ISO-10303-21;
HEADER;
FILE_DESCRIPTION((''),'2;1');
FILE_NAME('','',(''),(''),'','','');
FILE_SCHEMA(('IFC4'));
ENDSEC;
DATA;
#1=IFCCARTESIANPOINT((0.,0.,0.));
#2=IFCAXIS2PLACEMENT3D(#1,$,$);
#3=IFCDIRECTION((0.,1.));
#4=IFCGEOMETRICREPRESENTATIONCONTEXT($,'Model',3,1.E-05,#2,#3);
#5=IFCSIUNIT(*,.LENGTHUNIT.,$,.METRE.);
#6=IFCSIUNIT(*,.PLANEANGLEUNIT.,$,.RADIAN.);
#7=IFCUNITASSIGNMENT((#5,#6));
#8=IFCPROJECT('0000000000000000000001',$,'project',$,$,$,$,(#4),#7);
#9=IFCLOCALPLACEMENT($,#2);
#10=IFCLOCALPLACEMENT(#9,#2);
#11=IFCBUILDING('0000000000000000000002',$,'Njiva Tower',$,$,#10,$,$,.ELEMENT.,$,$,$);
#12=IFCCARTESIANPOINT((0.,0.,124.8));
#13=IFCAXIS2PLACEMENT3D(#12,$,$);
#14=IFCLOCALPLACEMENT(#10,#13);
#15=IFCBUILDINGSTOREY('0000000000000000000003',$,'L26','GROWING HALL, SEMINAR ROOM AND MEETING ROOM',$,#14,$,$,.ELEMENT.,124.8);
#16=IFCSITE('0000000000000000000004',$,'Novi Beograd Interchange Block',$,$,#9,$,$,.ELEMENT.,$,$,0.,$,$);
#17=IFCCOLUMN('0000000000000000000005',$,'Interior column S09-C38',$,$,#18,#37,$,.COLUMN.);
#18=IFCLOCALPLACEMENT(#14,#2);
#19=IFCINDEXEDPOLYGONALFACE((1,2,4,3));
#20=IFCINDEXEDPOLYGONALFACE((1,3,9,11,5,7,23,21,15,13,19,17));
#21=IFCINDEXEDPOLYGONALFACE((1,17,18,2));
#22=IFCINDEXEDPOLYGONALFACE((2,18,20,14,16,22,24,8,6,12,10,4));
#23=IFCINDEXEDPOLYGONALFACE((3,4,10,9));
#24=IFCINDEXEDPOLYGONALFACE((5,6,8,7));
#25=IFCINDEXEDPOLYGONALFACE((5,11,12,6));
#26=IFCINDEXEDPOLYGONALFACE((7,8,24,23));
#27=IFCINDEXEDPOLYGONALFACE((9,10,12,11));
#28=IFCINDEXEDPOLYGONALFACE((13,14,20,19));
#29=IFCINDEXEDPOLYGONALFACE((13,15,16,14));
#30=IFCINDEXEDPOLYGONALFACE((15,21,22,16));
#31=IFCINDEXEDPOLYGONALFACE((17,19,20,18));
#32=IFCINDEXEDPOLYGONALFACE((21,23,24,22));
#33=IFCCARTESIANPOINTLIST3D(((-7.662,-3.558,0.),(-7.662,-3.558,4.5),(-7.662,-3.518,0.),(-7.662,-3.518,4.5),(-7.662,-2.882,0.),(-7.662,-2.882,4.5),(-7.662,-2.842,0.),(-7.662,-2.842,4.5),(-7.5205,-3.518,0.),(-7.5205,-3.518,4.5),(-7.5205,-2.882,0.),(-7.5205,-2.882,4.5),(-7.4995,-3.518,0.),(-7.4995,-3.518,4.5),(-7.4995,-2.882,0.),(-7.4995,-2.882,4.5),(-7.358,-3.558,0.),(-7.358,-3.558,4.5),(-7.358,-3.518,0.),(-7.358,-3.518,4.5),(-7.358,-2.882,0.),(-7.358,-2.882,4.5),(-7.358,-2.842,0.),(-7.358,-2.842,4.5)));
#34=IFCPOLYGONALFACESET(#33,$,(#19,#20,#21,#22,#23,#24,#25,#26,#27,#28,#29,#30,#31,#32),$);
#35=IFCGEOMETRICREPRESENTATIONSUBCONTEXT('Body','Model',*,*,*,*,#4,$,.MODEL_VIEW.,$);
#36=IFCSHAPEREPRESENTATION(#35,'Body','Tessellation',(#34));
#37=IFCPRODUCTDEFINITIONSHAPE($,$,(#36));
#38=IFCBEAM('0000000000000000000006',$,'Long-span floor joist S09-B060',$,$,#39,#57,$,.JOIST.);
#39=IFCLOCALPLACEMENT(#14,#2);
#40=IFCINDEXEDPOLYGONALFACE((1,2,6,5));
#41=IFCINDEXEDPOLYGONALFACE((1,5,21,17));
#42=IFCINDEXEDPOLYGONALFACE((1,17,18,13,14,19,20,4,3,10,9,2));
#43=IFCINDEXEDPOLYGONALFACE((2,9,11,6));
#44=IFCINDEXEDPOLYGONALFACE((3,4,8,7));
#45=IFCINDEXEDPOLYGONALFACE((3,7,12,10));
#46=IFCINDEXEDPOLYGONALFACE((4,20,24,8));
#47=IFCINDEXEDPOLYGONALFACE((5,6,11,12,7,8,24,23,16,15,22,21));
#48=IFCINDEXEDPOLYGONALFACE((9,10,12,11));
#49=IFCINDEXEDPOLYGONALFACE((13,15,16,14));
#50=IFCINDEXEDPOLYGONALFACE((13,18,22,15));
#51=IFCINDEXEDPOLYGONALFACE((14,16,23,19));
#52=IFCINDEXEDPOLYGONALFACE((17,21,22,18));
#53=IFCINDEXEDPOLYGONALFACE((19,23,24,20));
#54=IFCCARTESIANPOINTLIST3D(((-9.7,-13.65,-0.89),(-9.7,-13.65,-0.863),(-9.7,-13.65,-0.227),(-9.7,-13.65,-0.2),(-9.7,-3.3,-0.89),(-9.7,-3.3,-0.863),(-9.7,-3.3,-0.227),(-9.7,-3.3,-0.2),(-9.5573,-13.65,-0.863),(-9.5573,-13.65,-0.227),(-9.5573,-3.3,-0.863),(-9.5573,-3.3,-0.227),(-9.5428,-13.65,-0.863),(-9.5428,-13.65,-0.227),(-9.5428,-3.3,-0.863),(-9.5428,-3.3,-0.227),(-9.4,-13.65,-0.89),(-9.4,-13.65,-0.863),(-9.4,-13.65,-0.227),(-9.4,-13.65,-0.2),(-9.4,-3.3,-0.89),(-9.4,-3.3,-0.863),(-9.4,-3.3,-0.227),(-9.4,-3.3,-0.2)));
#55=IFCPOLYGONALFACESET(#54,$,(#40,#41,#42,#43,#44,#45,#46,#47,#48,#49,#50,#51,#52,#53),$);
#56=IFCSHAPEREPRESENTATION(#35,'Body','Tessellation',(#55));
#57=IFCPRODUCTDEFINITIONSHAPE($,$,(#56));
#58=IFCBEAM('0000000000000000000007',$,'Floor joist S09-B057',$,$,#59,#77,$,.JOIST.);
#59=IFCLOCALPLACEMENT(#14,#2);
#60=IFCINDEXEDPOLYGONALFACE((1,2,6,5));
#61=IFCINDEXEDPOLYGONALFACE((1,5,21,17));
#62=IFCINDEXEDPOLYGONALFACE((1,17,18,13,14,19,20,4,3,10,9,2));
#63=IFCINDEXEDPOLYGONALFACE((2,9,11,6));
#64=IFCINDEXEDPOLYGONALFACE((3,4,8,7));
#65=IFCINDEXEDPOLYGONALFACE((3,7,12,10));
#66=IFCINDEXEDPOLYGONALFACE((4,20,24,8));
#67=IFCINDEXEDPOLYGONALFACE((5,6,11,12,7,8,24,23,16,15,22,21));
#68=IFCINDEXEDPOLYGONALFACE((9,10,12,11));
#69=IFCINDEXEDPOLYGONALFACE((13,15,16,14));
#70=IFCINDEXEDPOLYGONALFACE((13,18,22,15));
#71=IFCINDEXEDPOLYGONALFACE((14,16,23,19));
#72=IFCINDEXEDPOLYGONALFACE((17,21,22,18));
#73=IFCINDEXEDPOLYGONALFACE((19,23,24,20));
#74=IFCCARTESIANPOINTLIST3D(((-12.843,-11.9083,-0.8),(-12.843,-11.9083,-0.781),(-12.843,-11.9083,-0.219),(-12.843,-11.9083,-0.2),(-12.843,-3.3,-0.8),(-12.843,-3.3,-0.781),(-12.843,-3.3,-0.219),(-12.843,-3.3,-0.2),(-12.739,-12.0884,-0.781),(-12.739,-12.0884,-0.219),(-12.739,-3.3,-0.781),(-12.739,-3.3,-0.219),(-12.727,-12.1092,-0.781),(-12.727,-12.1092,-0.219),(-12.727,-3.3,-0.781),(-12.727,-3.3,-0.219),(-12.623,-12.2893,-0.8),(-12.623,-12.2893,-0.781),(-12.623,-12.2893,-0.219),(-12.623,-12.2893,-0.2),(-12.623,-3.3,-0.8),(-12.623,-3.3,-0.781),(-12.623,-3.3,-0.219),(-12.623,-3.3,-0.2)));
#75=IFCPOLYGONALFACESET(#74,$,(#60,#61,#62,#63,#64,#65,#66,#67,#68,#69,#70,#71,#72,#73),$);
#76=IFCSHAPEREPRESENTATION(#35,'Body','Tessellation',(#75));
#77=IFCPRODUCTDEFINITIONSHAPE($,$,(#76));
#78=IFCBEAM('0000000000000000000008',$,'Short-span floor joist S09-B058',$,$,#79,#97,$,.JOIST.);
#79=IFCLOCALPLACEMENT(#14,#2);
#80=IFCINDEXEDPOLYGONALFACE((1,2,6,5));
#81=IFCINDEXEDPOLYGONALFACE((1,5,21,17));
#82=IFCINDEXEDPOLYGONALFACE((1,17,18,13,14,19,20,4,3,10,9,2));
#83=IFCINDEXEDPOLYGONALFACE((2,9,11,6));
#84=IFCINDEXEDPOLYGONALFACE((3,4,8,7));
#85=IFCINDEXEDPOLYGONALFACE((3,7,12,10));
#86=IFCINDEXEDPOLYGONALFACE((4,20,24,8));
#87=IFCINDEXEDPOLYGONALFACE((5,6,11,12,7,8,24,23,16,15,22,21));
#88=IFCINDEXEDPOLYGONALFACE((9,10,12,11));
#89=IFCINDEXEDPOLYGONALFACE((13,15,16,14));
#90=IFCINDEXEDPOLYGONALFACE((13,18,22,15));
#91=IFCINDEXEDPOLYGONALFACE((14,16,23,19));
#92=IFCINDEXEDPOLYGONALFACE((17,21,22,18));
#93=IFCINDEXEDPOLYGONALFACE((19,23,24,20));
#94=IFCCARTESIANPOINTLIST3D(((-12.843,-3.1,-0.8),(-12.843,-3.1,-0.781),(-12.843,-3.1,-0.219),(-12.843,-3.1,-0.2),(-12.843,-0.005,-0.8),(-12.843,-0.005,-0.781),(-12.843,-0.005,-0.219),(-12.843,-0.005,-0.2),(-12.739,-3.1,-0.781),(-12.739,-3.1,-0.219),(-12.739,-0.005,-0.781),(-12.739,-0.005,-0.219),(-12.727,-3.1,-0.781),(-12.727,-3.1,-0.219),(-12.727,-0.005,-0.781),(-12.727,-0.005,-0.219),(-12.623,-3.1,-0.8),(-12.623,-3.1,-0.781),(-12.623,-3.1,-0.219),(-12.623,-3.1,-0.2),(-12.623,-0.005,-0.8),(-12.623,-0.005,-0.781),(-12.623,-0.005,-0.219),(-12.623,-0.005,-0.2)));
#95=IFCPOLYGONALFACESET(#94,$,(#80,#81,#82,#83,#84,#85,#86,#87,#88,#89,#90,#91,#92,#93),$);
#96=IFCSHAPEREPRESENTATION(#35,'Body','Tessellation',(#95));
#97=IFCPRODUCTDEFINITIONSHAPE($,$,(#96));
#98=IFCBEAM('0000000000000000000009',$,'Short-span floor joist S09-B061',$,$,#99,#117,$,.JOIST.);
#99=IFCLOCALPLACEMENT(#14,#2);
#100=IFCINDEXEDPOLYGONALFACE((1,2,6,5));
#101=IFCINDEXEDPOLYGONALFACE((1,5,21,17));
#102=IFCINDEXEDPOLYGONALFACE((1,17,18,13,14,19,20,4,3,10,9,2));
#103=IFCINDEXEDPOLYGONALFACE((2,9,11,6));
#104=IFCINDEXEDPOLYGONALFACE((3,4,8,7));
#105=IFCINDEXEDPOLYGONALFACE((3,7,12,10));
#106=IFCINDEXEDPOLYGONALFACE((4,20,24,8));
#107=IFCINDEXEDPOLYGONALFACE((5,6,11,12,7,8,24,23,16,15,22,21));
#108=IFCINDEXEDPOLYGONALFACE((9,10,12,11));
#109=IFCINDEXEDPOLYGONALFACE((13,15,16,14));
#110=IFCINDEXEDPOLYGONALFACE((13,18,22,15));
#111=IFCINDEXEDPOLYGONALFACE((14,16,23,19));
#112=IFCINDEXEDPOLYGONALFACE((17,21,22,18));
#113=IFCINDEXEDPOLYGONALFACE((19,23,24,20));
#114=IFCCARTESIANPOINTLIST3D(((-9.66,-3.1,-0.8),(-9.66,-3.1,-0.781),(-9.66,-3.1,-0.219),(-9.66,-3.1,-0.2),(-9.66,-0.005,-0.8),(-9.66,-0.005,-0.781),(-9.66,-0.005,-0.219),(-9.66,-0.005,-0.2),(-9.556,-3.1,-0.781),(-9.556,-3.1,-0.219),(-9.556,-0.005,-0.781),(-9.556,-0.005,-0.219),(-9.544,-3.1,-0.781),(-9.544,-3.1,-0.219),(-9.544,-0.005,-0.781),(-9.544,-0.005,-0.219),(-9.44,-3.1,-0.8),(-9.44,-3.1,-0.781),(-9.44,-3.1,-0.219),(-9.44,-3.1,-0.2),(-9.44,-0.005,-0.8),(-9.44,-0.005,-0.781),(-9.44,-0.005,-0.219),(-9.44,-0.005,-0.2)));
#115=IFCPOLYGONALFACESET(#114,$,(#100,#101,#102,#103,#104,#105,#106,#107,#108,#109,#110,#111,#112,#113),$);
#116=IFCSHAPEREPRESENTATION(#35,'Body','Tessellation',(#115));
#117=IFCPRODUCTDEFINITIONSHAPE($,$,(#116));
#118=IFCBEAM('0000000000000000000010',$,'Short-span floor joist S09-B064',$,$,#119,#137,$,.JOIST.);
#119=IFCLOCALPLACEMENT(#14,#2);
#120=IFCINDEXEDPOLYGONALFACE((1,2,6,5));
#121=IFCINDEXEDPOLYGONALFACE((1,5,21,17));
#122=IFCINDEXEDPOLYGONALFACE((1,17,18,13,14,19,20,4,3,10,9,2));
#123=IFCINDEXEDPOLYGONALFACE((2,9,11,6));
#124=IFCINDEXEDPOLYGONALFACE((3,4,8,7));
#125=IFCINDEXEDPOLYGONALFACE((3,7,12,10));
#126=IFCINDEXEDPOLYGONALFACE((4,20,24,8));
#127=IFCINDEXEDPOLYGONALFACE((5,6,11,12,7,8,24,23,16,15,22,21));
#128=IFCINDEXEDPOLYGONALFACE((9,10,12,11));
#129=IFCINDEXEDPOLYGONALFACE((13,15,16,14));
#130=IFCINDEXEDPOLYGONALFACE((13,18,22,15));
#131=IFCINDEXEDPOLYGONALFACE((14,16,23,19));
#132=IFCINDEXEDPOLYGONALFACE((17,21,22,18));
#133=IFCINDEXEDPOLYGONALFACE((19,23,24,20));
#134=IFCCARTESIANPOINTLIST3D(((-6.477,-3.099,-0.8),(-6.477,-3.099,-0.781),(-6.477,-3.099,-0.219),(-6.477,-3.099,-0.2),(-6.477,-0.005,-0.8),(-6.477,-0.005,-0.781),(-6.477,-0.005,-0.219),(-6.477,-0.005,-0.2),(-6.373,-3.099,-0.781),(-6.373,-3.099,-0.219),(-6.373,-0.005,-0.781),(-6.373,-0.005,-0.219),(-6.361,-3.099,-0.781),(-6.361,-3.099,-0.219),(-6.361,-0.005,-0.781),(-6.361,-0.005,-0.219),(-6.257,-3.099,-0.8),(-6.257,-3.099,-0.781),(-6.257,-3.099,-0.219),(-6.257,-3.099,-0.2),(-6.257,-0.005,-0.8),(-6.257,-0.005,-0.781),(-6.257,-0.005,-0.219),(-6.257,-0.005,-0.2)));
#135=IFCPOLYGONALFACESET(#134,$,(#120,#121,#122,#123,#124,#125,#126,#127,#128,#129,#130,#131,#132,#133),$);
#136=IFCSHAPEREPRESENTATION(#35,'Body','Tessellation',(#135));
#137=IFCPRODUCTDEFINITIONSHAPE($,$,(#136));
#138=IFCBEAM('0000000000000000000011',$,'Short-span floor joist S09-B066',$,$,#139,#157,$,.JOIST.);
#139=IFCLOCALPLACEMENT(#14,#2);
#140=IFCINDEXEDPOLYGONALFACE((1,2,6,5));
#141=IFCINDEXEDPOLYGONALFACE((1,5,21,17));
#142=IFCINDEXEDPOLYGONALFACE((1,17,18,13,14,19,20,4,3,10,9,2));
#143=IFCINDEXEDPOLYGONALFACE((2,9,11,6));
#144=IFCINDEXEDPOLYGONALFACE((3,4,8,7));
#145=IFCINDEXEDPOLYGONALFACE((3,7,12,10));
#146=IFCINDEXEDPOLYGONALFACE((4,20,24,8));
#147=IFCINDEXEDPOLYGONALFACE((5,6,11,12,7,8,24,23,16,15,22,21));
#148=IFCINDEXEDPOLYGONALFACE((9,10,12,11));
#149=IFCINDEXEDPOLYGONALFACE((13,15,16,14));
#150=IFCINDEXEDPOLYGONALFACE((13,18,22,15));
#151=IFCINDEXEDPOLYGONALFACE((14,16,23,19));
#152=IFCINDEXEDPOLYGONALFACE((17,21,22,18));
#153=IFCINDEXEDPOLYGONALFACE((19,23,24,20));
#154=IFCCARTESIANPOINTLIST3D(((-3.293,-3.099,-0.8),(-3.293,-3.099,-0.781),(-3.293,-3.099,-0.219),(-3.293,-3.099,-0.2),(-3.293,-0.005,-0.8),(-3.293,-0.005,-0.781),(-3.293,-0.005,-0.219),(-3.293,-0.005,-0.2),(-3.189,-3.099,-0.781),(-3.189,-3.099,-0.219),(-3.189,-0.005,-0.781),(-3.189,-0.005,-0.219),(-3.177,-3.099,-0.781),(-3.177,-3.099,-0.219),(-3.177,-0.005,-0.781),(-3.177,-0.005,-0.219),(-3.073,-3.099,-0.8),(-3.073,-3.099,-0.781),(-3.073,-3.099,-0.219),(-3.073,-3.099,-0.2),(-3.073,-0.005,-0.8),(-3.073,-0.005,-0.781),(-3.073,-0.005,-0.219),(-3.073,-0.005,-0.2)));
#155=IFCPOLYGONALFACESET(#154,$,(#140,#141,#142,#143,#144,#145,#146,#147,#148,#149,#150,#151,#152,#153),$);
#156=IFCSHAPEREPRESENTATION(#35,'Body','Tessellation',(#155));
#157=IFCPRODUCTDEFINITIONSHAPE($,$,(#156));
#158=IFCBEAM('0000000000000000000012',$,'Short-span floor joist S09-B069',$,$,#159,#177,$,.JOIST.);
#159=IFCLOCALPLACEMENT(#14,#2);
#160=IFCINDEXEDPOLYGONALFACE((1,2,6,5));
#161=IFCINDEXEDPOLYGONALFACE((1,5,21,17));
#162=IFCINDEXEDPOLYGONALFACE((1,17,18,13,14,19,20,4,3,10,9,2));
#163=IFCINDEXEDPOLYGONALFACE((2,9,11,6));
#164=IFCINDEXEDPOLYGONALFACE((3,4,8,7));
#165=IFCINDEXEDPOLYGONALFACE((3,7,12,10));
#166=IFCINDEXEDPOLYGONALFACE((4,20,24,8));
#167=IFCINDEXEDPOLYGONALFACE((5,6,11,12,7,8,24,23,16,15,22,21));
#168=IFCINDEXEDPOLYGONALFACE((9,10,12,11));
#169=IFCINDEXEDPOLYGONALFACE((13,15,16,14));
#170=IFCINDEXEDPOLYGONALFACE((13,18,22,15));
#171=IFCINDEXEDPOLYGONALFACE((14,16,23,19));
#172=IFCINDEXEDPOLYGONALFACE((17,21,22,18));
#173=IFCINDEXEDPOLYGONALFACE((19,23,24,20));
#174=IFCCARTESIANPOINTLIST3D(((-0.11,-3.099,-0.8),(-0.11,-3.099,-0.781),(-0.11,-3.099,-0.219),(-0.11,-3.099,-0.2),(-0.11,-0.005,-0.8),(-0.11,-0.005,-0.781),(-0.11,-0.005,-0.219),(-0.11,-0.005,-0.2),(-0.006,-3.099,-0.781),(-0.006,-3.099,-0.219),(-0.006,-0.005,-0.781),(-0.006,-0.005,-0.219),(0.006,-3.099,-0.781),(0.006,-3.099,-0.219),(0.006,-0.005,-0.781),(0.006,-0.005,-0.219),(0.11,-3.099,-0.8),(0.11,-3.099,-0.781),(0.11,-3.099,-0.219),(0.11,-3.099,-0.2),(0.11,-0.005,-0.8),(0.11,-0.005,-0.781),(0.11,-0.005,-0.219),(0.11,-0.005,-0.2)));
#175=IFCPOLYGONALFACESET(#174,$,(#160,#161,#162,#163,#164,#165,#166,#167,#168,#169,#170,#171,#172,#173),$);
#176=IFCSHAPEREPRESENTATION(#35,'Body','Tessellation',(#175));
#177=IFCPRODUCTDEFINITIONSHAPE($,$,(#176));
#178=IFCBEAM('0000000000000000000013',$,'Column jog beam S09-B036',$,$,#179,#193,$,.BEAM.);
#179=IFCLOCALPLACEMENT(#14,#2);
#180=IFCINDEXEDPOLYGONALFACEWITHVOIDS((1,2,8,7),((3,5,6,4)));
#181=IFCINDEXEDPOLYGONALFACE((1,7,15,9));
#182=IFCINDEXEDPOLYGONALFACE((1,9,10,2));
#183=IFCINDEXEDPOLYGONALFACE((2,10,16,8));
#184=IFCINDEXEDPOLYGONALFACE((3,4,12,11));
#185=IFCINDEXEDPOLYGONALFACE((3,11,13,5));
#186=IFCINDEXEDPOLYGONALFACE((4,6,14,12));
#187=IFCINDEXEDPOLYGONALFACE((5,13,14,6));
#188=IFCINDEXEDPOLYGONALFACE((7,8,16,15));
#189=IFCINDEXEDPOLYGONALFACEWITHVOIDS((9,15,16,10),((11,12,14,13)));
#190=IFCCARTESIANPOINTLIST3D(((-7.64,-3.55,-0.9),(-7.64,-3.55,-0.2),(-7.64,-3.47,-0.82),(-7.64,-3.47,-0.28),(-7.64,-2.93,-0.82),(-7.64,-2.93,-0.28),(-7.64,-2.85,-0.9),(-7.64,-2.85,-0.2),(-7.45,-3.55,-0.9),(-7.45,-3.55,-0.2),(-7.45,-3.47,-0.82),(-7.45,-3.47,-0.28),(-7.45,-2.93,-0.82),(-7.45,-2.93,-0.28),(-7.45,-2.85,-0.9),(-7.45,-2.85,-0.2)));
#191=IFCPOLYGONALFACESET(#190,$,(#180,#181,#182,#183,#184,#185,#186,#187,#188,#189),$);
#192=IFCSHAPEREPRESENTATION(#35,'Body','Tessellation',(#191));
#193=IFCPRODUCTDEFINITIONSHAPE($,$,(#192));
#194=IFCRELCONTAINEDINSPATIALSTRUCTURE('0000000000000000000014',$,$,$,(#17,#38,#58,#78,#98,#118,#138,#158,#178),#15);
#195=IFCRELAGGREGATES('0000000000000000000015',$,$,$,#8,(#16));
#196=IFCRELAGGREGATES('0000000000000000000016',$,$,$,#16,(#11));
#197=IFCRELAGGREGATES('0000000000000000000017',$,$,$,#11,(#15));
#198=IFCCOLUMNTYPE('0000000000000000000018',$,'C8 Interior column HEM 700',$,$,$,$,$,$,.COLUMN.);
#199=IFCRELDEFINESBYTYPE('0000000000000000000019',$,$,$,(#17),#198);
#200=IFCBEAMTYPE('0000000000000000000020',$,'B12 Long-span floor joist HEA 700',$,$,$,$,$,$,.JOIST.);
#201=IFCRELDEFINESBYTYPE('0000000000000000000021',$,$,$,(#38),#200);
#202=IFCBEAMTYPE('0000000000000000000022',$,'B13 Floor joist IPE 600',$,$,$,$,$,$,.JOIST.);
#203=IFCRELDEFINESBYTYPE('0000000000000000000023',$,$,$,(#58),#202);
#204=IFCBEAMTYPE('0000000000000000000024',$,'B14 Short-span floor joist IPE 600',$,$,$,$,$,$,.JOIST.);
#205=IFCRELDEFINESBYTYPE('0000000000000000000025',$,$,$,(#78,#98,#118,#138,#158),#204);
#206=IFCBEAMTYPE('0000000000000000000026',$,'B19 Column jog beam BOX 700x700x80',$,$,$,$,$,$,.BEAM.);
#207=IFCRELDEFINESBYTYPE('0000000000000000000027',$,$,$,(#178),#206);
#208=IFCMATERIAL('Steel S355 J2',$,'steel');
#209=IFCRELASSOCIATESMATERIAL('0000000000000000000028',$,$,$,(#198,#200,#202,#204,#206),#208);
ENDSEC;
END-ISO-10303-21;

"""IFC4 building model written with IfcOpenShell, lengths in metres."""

from ifc_helpers import new_model, si_unit, direction, frame, origin, origin_2d, place, context, subcontext, project, spatial, hollow_rectangle, i_section, extrude, clip, halfspace, material, material_profile, profile_set, type_object, element, save


model = new_model("IFC4")

# Units and contexts
model_context = context("Model", 3, precision=1e-05, world=origin(), true_north=direction((0.0, 1.0)))
body_context = subcontext(model_context, "Body", "Model", "MODEL_VIEW")
ifc_project = project(units=[si_unit("LENGTHUNIT", "METRE"), si_unit("PLANEANGLEUNIT", "RADIAN")], contexts=[model_context])

# Site, building, storey
site_placement = place(None, origin())
site = spatial("IfcSite", under=ifc_project, at=site_placement, Name="Novi Beograd Interchange Block", CompositionType="ELEMENT", RefElevation=0.0)
building_placement = place(site_placement, origin())
building = spatial("IfcBuilding", under=site, at=building_placement, Name="Njiva Tower", CompositionType="ELEMENT")
storey_placement = place(building_placement, frame((0.0, 0.0, 124.8)))
storey = spatial("IfcBuildingStorey", under=building, at=storey_placement, Name="L26", Description="GROWING HALL, SEMINAR ROOM AND MEETING ROOM", CompositionType="ELEMENT", Elevation=124.8)

# Column
ifc_material_1 = material(Name="Steel S355 J2", Category="steel")
ifc_material_profile_1 = material_profile(ifc_material_1, i_section(OverallWidth=0.304, OverallDepth=0.716, WebThickness=0.021, FlangeThickness=0.04, at=origin_2d()), Name="HEM 700")
ifc_profile_set_1 = profile_set([ifc_material_profile_1], Name="Steel S355 J2")
column_type = type_object("IfcColumnType", Name="C8 Interior column HEM 700", PredefinedType="COLUMN", material=ifc_profile_set_1)
column_placement = place(storey_placement, frame((-7.51, -3.2, 0.0), z_axis=(0.0, 0.0, 1.0), x_axis=(1.0, 0.0, 0.0)))
element("IfcColumn", 1, at=column_placement, inside=storey, type_object=column_type, Name="Interior column S09-C38", PredefinedType="COLUMN", context=body_context, shape_type="SweptSolid", body=[
    extrude(i_section(OverallWidth=0.304, OverallDepth=0.716, WebThickness=0.021, FlangeThickness=0.04, at=origin_2d()), origin(), (0.0, 0.0, 1.0), 4.5),
])

# Beams
ifc_material_profile_2 = material_profile(ifc_material_1, i_section(OverallWidth=0.3, OverallDepth=0.69, WebThickness=0.0145, FlangeThickness=0.027, at=origin_2d()), Name="HEA 700")
ifc_profile_set_2 = profile_set([ifc_material_profile_2], Name="Steel S355 J2")
beam_type_1 = type_object("IfcBeamType", Name="B12 Long-span floor joist HEA 700", PredefinedType="JOIST", material=ifc_profile_set_2)
beam_1_placement = place(storey_placement, frame((-9.55, -3.3, -0.545), z_axis=(0.0, -1.0, 0.0), x_axis=(1.0, 0.0, 0.0)))
element("IfcBeam", 2, at=beam_1_placement, inside=storey, type_object=beam_type_1, Name="Long-span floor joist S09-B060", PredefinedType="JOIST", context=body_context, shape_type="SweptSolid", body=[
    extrude(i_section(OverallWidth=0.3, OverallDepth=0.69, WebThickness=0.0145, FlangeThickness=0.027, at=origin_2d()), origin(), (0.0, 0.0, 1.0), 10.35),
])
ifc_material_profile_3 = material_profile(ifc_material_1, i_section(OverallWidth=0.22, OverallDepth=0.6, WebThickness=0.012, FlangeThickness=0.019, at=origin_2d()), Name="IPE 600")
ifc_profile_set_3 = profile_set([ifc_material_profile_3], Name="Steel S355 J2")
beam_type_2 = type_object("IfcBeamType", Name="B13 Floor joist IPE 600", PredefinedType="JOIST", material=ifc_profile_set_3)
beam_2_placement = place(storey_placement, frame((-12.733, -3.3, -0.5), z_axis=(0.0, -1.0, 0.0), x_axis=(1.0, 0.0, 0.0)))
element("IfcBeam", 3, at=beam_2_placement, inside=storey, type_object=beam_type_2, Name="Floor joist S09-B057", PredefinedType="JOIST", context=body_context, shape_type="Clipping", body=[
    clip(extrude(i_section(OverallWidth=0.22, OverallDepth=0.6, WebThickness=0.012, FlangeThickness=0.019, at=origin_2d()), origin(), (0.0, 0.0, 1.0), 9.009), halfspace(frame((-0.0436, 0.0, 8.7233), z_axis=(-0.866027, 0.0, 0.499998), x_axis=(0.0, 1.0, 0.0)), False)),
])
ifc_material_profile_4 = material_profile(ifc_material_1, i_section(OverallWidth=0.22, OverallDepth=0.6, WebThickness=0.012, FlangeThickness=0.019, at=origin_2d()), Name="IPE 600")
ifc_profile_set_4 = profile_set([ifc_material_profile_4], Name="Steel S355 J2")
beam_type_3 = type_object("IfcBeamType", Name="B14 Short-span floor joist IPE 600", PredefinedType="JOIST", material=ifc_profile_set_4)
for number, where, z_axis, x_axis, name in (
    (4, (-12.733, -0.005, -0.5), (0.0, -1.0, 0.0), (1.0, 0.0, 0.0), "Short-span floor joist S09-B058"),
    (5, (-9.55, -0.005, -0.5), (0.0, -1.0, 0.0), (1.0, 0.0, 0.0), "Short-span floor joist S09-B061"),
):
    element("IfcBeam", number, at=place(storey_placement, frame(where, z_axis=z_axis, x_axis=x_axis)), inside=storey, type_object=beam_type_3, Name=name, PredefinedType="JOIST", context=body_context, shape_type="SweptSolid", body=[
        extrude(i_section(OverallWidth=0.22, OverallDepth=0.6, WebThickness=0.012, FlangeThickness=0.019, at=origin_2d()), origin(), (0.0, 0.0, 1.0), 3.095),
    ])
for number, where, z_axis, x_axis, name in (
    (6, (-6.367, -0.005, -0.5), (0.0, -1.0, 0.0), (1.0, 0.0, 0.0), "Short-span floor joist S09-B064"),
    (7, (-3.183, -0.005, -0.5), (0.0, -1.0, 0.0), (1.0, 0.0, 0.0), "Short-span floor joist S09-B066"),
    (8, (0.0, -0.005, -0.5), (0.0, -1.0, 0.0), (1.0, 0.0, 0.0), "Short-span floor joist S09-B069"),
):
    element("IfcBeam", number, at=place(storey_placement, frame(where, z_axis=z_axis, x_axis=x_axis)), inside=storey, type_object=beam_type_3, Name=name, PredefinedType="JOIST", context=body_context, shape_type="SweptSolid", body=[
        extrude(i_section(OverallWidth=0.22, OverallDepth=0.6, WebThickness=0.012, FlangeThickness=0.019, at=origin_2d()), origin(), (0.0, 0.0, 1.0), 3.094),
    ])
ifc_material_profile_5 = material_profile(ifc_material_1, hollow_rectangle(XDim=0.7, YDim=0.7, WallThickness=0.08, at=origin_2d()), Name="BOX 700x700x80")
ifc_profile_set_5 = profile_set([ifc_material_profile_5], Name="Steel S355 J2")
beam_type_4 = type_object("IfcBeamType", Name="B19 Column jog beam BOX 700x700x80", PredefinedType="BEAM", material=ifc_profile_set_5)
beam_3_placement = place(storey_placement, frame((-7.64, -3.2, -0.55), z_axis=(1.0, 0.0, 0.0), x_axis=(0.0, 1.0, 0.0)))
element("IfcBeam", 9, at=beam_3_placement, inside=storey, type_object=beam_type_4, Name="Column jog beam S09-B036", PredefinedType="BEAM", context=body_context, shape_type="SweptSolid", body=[
    extrude(hollow_rectangle(XDim=0.7, YDim=0.7, WallThickness=0.08, at=origin_2d()), origin(), (0.0, 0.0, 1.0), 0.19),
])

save(model, "model.ifc")
